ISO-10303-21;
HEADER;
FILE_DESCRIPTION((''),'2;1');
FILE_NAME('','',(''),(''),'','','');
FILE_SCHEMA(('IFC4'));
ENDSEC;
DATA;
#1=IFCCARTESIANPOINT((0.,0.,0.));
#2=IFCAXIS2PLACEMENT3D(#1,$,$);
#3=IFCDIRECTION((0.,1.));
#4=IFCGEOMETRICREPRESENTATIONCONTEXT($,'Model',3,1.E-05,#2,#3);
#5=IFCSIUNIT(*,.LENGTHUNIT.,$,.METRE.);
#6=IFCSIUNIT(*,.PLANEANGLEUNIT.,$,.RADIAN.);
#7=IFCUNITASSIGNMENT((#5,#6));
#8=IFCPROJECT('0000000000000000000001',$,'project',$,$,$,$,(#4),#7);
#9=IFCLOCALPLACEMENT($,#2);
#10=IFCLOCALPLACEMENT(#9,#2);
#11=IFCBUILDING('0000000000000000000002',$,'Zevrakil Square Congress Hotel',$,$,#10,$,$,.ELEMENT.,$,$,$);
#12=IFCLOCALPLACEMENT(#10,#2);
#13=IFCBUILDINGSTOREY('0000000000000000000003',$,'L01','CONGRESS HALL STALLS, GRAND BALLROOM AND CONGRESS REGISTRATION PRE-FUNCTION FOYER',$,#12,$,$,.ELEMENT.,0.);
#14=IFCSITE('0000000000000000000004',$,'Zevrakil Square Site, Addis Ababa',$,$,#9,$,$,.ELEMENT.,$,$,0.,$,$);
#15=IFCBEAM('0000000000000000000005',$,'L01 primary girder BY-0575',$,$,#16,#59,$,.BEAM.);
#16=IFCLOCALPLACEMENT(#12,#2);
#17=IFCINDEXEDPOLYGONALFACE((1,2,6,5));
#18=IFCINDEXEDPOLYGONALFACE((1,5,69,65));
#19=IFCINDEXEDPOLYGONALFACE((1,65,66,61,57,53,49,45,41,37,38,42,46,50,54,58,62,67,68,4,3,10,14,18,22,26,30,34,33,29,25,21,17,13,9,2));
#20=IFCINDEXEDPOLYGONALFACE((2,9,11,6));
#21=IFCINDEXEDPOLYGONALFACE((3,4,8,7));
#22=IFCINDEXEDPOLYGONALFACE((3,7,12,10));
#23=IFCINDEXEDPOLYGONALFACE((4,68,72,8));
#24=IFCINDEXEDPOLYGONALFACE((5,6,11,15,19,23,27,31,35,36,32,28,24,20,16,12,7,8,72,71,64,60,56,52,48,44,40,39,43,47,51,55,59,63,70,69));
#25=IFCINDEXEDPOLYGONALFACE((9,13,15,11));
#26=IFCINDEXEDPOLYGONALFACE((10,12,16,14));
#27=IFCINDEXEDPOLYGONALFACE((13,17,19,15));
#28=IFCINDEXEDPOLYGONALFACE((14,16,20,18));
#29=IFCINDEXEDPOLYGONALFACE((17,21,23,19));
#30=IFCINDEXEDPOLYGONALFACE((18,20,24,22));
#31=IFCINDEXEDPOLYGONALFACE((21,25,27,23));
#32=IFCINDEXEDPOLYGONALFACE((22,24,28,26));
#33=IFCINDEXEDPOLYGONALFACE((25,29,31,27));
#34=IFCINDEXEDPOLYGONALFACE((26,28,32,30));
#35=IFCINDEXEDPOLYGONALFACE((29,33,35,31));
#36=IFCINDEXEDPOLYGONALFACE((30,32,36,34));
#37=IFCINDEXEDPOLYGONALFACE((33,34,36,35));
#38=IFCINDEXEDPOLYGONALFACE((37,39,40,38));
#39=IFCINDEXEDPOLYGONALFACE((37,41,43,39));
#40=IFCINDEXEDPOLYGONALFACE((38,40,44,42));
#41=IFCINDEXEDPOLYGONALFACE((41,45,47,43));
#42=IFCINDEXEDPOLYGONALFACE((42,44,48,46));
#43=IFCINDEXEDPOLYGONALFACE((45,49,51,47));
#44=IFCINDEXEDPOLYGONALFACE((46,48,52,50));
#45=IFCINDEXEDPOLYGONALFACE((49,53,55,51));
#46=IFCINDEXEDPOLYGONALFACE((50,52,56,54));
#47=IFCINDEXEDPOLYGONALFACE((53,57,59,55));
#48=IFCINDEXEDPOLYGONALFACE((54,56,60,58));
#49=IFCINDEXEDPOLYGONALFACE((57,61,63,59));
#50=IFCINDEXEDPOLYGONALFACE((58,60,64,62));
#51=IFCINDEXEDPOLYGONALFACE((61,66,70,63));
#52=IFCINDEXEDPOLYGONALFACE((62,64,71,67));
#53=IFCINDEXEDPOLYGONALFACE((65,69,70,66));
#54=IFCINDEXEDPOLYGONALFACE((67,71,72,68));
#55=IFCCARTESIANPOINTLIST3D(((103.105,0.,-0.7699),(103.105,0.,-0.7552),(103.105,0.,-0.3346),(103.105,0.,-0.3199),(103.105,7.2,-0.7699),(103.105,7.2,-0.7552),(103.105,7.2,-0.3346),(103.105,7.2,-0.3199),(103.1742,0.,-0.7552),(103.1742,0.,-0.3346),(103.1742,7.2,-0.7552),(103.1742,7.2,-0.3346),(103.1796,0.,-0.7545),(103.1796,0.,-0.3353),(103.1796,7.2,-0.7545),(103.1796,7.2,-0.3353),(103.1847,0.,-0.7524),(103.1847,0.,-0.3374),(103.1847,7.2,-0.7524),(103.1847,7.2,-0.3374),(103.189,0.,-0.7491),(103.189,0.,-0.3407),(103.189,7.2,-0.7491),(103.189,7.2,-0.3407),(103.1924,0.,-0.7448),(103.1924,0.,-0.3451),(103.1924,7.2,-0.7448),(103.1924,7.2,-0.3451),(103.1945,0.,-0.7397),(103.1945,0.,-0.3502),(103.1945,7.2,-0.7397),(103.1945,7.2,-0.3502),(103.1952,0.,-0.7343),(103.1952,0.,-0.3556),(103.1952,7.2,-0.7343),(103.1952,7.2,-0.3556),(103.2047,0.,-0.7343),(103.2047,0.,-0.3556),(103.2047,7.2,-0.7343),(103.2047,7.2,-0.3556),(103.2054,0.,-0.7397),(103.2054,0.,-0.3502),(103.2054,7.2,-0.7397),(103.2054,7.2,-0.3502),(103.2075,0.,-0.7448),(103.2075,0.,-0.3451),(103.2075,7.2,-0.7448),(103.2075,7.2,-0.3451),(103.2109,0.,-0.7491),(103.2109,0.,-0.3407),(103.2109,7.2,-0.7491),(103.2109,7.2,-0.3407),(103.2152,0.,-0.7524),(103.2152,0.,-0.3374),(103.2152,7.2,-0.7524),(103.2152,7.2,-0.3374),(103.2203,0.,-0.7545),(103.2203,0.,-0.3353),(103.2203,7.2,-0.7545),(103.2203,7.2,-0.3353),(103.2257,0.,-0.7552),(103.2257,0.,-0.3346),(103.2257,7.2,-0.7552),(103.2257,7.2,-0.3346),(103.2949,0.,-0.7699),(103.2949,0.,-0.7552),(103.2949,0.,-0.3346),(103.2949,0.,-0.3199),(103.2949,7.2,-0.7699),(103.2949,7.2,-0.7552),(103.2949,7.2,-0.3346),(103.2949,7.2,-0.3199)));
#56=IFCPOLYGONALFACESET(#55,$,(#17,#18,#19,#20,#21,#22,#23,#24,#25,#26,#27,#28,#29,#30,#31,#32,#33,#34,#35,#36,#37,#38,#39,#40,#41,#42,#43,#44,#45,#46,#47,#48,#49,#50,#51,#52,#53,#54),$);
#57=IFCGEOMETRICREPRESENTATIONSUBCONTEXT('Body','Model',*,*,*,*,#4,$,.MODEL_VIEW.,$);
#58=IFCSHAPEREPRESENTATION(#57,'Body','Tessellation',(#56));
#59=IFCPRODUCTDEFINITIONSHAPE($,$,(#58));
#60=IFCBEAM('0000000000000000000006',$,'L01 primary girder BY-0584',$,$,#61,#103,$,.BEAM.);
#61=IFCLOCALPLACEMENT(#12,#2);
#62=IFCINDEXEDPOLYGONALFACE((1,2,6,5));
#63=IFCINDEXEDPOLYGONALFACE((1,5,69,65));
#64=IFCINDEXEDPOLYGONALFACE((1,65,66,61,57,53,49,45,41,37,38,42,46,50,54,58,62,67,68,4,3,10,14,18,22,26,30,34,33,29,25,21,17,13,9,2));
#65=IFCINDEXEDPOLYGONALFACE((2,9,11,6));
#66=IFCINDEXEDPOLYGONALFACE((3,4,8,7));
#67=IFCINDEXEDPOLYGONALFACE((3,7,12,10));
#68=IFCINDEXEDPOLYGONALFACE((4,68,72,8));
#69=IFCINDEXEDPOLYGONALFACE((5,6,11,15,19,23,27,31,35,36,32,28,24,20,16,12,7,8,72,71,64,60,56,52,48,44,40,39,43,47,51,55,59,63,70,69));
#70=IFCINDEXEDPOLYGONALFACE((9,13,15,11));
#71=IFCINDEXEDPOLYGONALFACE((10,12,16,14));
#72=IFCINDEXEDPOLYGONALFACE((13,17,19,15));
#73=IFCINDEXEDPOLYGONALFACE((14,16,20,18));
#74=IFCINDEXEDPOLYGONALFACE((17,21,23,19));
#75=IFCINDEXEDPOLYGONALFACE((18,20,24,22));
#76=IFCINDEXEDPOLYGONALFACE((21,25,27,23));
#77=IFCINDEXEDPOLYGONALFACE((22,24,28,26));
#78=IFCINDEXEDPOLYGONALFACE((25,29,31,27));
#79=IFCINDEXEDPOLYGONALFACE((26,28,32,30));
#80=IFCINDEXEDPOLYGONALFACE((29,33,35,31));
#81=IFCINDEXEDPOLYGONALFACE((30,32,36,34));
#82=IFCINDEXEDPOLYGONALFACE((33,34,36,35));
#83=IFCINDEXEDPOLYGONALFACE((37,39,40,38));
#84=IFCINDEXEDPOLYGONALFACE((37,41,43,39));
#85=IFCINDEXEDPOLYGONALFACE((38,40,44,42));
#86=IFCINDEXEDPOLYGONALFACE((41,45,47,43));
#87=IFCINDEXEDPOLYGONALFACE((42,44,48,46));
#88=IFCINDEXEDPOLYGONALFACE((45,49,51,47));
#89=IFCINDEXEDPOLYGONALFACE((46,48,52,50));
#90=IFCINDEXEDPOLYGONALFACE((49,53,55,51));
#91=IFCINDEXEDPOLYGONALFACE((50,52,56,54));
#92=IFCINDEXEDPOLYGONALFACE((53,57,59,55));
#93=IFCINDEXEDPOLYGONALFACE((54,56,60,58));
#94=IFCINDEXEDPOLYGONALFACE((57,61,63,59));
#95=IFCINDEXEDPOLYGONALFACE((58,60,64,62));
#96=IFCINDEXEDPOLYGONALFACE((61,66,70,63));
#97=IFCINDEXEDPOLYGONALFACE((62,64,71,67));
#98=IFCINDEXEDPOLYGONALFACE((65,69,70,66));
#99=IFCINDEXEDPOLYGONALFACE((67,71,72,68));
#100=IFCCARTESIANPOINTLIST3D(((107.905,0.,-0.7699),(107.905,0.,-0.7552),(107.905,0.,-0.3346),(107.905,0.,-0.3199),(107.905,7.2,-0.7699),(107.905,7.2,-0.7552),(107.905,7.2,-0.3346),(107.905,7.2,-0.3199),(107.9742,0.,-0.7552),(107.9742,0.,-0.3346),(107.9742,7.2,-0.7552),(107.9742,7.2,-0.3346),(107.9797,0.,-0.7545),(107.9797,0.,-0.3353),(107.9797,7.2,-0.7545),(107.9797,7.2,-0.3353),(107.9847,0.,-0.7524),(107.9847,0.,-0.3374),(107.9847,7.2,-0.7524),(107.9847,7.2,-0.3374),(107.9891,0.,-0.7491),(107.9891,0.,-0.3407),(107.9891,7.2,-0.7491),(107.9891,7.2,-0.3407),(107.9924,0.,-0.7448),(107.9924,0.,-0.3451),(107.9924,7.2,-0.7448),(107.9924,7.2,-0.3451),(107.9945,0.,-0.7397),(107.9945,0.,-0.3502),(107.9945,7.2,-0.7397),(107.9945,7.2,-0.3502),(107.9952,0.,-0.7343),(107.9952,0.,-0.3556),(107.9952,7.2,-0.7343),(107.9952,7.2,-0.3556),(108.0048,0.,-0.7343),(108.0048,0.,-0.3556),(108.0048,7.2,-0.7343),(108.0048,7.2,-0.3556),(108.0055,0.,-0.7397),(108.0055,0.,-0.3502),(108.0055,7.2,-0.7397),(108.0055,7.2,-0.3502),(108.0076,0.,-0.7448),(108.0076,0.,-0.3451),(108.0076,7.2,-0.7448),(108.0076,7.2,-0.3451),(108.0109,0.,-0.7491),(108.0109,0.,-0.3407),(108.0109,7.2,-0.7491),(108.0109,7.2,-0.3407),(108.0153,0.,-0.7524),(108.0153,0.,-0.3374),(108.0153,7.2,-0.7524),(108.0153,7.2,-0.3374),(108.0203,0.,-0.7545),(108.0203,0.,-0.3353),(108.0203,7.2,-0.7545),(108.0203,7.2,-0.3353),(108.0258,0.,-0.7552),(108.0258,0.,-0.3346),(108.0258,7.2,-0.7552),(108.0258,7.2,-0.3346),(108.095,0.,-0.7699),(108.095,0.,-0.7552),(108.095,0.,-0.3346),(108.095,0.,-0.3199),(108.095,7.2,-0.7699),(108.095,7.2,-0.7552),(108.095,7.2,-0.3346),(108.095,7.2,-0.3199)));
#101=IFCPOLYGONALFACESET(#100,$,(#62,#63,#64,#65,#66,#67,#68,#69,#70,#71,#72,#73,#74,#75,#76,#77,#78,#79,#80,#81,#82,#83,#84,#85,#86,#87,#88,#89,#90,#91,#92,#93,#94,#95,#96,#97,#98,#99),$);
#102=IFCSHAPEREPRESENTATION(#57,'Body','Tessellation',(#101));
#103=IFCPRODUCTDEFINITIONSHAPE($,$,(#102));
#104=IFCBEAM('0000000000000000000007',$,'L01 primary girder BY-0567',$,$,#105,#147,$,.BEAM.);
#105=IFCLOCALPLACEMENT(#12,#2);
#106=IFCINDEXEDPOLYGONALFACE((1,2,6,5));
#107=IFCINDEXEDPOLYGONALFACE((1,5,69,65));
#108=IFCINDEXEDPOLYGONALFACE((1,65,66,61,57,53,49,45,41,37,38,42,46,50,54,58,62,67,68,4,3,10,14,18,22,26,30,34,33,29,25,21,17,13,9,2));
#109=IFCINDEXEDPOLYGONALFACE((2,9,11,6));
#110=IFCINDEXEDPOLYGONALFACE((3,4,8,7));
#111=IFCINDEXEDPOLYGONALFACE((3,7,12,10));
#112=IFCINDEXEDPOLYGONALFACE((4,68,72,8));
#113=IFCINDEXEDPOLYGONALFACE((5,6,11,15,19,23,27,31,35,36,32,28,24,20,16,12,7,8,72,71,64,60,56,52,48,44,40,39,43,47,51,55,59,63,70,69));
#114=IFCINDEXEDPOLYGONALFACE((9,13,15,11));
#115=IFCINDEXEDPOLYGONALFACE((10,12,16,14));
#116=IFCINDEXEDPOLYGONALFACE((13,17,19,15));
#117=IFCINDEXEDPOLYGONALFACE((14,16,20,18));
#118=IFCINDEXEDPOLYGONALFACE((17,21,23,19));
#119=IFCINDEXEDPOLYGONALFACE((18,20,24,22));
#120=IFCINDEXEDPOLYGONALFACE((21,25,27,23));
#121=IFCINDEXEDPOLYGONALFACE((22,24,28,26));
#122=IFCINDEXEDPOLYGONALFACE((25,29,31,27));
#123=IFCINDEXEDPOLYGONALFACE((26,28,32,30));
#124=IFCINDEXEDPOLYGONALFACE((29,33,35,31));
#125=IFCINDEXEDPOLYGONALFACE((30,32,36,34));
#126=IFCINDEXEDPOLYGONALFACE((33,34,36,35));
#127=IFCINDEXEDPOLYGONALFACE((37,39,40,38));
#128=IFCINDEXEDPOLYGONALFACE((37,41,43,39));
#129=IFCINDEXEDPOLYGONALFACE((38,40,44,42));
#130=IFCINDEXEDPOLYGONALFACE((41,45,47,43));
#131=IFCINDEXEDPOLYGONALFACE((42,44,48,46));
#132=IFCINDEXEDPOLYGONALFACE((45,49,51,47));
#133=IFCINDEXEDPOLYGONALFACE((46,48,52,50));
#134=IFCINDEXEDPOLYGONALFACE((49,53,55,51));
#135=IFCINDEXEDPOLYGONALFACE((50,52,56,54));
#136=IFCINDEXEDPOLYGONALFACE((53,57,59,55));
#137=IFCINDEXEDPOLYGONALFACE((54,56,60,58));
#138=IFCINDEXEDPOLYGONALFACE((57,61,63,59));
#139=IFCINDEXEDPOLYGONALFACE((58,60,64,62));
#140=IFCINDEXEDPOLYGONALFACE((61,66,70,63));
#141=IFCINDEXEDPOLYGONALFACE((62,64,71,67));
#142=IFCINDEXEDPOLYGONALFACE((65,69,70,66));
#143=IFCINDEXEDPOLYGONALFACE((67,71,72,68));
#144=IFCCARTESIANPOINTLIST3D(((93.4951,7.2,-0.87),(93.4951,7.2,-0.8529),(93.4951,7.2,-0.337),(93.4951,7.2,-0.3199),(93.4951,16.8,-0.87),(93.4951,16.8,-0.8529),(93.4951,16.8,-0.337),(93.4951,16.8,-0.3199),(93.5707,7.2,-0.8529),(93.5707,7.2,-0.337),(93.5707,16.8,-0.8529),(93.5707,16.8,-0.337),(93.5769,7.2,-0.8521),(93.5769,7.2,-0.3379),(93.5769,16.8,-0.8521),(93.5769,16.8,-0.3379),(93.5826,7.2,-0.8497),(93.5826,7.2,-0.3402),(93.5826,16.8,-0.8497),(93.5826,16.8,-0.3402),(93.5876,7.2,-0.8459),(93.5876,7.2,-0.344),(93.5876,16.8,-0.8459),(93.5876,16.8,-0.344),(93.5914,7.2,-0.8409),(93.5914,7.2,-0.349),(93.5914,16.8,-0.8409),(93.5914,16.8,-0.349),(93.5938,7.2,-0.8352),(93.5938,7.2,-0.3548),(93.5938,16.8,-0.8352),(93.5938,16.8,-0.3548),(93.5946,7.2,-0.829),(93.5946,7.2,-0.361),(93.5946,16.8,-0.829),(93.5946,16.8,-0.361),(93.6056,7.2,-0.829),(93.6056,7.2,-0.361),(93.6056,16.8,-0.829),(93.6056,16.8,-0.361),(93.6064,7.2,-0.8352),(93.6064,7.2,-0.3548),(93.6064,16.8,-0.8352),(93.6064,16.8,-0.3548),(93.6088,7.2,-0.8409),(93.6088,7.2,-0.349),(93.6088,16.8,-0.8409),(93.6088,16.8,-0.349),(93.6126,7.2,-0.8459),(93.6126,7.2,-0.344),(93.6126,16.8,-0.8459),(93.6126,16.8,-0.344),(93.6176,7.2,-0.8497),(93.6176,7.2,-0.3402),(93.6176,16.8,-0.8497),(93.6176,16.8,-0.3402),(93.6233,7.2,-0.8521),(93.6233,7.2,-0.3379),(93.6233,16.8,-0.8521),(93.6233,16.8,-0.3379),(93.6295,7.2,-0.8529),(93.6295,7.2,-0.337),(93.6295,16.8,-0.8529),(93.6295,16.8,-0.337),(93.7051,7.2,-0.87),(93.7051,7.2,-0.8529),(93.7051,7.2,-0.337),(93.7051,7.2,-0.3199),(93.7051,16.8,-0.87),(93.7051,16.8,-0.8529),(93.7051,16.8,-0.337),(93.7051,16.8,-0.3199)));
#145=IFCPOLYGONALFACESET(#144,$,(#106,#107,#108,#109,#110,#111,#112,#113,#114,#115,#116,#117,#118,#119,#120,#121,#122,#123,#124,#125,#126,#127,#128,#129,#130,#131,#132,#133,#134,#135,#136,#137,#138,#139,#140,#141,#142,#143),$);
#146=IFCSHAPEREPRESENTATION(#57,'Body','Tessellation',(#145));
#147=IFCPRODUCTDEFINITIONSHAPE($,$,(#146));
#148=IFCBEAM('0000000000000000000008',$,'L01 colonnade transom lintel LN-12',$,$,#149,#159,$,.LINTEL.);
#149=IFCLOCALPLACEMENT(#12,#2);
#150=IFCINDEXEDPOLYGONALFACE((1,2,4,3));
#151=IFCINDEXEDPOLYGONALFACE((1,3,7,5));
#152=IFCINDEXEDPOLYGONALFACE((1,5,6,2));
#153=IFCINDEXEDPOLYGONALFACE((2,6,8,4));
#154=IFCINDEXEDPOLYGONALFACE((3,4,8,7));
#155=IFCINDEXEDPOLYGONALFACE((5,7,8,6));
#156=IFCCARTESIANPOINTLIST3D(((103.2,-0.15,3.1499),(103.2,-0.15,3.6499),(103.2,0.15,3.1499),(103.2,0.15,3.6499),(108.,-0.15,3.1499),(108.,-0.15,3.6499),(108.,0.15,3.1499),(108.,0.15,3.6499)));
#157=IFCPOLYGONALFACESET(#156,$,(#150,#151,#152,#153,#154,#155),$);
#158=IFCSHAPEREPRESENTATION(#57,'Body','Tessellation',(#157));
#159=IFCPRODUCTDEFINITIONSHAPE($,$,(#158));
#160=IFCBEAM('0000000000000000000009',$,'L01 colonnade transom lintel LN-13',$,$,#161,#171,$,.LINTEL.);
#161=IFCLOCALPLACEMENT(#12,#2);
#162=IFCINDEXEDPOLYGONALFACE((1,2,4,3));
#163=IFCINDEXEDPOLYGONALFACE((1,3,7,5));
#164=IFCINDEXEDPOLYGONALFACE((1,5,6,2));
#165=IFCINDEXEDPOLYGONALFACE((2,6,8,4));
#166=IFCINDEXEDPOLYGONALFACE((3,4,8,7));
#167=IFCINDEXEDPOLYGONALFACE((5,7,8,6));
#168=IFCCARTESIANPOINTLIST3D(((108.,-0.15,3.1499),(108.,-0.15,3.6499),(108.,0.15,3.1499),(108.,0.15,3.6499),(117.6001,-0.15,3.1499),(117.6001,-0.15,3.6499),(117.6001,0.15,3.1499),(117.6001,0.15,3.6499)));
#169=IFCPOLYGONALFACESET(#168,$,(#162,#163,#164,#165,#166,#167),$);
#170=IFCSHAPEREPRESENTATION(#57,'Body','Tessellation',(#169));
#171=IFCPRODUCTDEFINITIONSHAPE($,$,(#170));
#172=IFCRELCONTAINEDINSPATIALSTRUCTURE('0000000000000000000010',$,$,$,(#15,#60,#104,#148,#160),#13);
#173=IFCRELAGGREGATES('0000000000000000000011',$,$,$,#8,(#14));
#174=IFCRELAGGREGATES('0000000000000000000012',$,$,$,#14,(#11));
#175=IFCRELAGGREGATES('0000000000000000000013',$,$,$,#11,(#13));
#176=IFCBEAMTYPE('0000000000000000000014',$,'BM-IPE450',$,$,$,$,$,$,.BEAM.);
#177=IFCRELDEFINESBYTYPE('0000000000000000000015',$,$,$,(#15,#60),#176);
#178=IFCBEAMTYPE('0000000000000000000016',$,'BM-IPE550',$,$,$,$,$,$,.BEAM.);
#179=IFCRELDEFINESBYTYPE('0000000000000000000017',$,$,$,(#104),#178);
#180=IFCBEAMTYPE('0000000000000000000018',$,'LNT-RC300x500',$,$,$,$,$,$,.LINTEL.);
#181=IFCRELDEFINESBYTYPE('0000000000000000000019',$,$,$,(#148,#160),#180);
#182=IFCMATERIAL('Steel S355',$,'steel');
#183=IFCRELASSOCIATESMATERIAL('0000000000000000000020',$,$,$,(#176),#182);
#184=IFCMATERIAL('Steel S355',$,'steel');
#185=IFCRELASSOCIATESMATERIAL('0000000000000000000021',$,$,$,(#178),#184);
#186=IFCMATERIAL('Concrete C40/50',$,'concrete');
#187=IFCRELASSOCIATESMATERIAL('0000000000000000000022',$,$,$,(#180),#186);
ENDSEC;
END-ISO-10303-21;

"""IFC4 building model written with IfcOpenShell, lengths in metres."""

from ifc_helpers import new_model, si_unit, direction, frame, origin, origin_2d, place, context, subcontext, project, spatial, rectangle, i_section, extrude, material, material_profile, profile_set, type_object, element, save


model = new_model("IFC4")

# Units and contexts
model_context = context("Model", 3, precision=1e-05, world=origin(), true_north=direction((0.0, 1.0)))
body_context = subcontext(model_context, "Body", "Model", "MODEL_VIEW")
ifc_project = project(units=[si_unit("LENGTHUNIT", "METRE"), si_unit("PLANEANGLEUNIT", "RADIAN")], contexts=[model_context])

# Site, building, storey
site_placement = place(None, origin())
site = spatial("IfcSite", under=ifc_project, at=site_placement, Name="Zevrakil Square Site, Addis Ababa", CompositionType="ELEMENT", RefElevation=0.0)
building_placement = place(site_placement, origin())
building = spatial("IfcBuilding", under=site, at=building_placement, Name="Zevrakil Square Congress Hotel", CompositionType="ELEMENT")
storey_placement = place(building_placement, origin())
storey = spatial("IfcBuildingStorey", under=building, at=storey_placement, Name="L01", Description="CONGRESS HALL STALLS, GRAND BALLROOM AND CONGRESS REGISTRATION PRE-FUNCTION FOYER", CompositionType="ELEMENT", Elevation=0.0)

# Beams
ifc_material_1 = material(Name="Steel S355", Category="steel")
ifc_material_profile_1 = material_profile(ifc_material_1, i_section(OverallWidth=0.1899, OverallDepth=0.45, WebThickness=0.0095, FlangeThickness=0.0146, FilletRadius=0.021, at=origin_2d()), Name="IPE 450")
ifc_profile_set_1 = profile_set([ifc_material_profile_1], Name="Steel S355")
beam_type_1 = type_object("IfcBeamType", Name="BM-IPE450", PredefinedType="BEAM", material=ifc_profile_set_1)
for number, where, z_axis, x_axis, name in (
    (1, (103.2, 0.0, -0.5449), (0.0, 1.0, 0.0), (-1.0, 0.0, 0.0), "L01 primary girder BY-0575"),
    (2, (108.0, 0.0, -0.5449), (0.0, 1.0, 0.0), (-1.0, 0.0, 0.0), "L01 primary girder BY-0584"),
):
    element("IfcBeam", number, at=place(storey_placement, frame(where, z_axis=z_axis, x_axis=x_axis)), inside=storey, type_object=beam_type_1, Name=name, PredefinedType="BEAM", context=body_context, shape_type="SweptSolid", body=[
        extrude(i_section(OverallWidth=0.1899, OverallDepth=0.45, WebThickness=0.0095, FlangeThickness=0.0146, FilletRadius=0.021, at=origin_2d()), origin(), (0.0, 0.0, 1.0), 7.2),
    ])
ifc_material_2 = material(Name="Steel S355", Category="steel")
ifc_material_profile_2 = material_profile(ifc_material_2, i_section(OverallWidth=0.21, OverallDepth=0.55, WebThickness=0.011, FlangeThickness=0.0171, FilletRadius=0.0239, at=origin_2d()), Name="IPE 550")
ifc_profile_set_2 = profile_set([ifc_material_profile_2], Name="Steel S355")
beam_type_2 = type_object("IfcBeamType", Name="BM-IPE550", PredefinedType="BEAM", material=ifc_profile_set_2)
beam_1_placement = place(storey_placement, frame((93.6001, 7.2, -0.595), z_axis=(0.0, 1.0, 0.0), x_axis=(-1.0, 0.0, 0.0)))
element("IfcBeam", 3, at=beam_1_placement, inside=storey, type_object=beam_type_2, Name="L01 primary girder BY-0567", PredefinedType="BEAM", context=body_context, shape_type="SweptSolid", body=[
    extrude(i_section(OverallWidth=0.21, OverallDepth=0.55, WebThickness=0.011, FlangeThickness=0.0171, FilletRadius=0.0239, at=origin_2d()), origin(), (0.0, 0.0, 1.0), 9.6001),
])
ifc_material_3 = material(Name="Concrete C40/50", Category="concrete")
ifc_material_profile_3 = material_profile(ifc_material_3, rectangle(XDim=0.3, YDim=0.5, at=origin_2d()), Name="RC 300x500")
ifc_profile_set_3 = profile_set([ifc_material_profile_3], Name="Concrete C40/50")
beam_type_3 = type_object("IfcBeamType", Name="LNT-RC300x500", PredefinedType="LINTEL", material=ifc_profile_set_3)
beam_2_placement = place(storey_placement, frame((103.2, 0.0, 3.3999), z_axis=(1.0, 0.0, 0.0), x_axis=(0.0, 1.0, 0.0)))
element("IfcBeam", 4, at=beam_2_placement, inside=storey, type_object=beam_type_3, Name="L01 colonnade transom lintel LN-12", PredefinedType="LINTEL", context=body_context, shape_type="SweptSolid", body=[
    extrude(rectangle(XDim=0.3, YDim=0.5, at=origin_2d()), origin(), (0.0, 0.0, 1.0), 4.8),
])
beam_3_placement = place(storey_placement, frame((108.0, 0.0, 3.3999), z_axis=(1.0, 0.0, 0.0), x_axis=(0.0, 1.0, 0.0)))
element("IfcBeam", 5, at=beam_3_placement, inside=storey, type_object=beam_type_3, Name="L01 colonnade transom lintel LN-13", PredefinedType="LINTEL", context=body_context, shape_type="SweptSolid", body=[
    extrude(rectangle(XDim=0.3, YDim=0.5, at=origin_2d()), origin(), (0.0, 0.0, 1.0), 9.6001),
])

save(model, "model.ifc")
